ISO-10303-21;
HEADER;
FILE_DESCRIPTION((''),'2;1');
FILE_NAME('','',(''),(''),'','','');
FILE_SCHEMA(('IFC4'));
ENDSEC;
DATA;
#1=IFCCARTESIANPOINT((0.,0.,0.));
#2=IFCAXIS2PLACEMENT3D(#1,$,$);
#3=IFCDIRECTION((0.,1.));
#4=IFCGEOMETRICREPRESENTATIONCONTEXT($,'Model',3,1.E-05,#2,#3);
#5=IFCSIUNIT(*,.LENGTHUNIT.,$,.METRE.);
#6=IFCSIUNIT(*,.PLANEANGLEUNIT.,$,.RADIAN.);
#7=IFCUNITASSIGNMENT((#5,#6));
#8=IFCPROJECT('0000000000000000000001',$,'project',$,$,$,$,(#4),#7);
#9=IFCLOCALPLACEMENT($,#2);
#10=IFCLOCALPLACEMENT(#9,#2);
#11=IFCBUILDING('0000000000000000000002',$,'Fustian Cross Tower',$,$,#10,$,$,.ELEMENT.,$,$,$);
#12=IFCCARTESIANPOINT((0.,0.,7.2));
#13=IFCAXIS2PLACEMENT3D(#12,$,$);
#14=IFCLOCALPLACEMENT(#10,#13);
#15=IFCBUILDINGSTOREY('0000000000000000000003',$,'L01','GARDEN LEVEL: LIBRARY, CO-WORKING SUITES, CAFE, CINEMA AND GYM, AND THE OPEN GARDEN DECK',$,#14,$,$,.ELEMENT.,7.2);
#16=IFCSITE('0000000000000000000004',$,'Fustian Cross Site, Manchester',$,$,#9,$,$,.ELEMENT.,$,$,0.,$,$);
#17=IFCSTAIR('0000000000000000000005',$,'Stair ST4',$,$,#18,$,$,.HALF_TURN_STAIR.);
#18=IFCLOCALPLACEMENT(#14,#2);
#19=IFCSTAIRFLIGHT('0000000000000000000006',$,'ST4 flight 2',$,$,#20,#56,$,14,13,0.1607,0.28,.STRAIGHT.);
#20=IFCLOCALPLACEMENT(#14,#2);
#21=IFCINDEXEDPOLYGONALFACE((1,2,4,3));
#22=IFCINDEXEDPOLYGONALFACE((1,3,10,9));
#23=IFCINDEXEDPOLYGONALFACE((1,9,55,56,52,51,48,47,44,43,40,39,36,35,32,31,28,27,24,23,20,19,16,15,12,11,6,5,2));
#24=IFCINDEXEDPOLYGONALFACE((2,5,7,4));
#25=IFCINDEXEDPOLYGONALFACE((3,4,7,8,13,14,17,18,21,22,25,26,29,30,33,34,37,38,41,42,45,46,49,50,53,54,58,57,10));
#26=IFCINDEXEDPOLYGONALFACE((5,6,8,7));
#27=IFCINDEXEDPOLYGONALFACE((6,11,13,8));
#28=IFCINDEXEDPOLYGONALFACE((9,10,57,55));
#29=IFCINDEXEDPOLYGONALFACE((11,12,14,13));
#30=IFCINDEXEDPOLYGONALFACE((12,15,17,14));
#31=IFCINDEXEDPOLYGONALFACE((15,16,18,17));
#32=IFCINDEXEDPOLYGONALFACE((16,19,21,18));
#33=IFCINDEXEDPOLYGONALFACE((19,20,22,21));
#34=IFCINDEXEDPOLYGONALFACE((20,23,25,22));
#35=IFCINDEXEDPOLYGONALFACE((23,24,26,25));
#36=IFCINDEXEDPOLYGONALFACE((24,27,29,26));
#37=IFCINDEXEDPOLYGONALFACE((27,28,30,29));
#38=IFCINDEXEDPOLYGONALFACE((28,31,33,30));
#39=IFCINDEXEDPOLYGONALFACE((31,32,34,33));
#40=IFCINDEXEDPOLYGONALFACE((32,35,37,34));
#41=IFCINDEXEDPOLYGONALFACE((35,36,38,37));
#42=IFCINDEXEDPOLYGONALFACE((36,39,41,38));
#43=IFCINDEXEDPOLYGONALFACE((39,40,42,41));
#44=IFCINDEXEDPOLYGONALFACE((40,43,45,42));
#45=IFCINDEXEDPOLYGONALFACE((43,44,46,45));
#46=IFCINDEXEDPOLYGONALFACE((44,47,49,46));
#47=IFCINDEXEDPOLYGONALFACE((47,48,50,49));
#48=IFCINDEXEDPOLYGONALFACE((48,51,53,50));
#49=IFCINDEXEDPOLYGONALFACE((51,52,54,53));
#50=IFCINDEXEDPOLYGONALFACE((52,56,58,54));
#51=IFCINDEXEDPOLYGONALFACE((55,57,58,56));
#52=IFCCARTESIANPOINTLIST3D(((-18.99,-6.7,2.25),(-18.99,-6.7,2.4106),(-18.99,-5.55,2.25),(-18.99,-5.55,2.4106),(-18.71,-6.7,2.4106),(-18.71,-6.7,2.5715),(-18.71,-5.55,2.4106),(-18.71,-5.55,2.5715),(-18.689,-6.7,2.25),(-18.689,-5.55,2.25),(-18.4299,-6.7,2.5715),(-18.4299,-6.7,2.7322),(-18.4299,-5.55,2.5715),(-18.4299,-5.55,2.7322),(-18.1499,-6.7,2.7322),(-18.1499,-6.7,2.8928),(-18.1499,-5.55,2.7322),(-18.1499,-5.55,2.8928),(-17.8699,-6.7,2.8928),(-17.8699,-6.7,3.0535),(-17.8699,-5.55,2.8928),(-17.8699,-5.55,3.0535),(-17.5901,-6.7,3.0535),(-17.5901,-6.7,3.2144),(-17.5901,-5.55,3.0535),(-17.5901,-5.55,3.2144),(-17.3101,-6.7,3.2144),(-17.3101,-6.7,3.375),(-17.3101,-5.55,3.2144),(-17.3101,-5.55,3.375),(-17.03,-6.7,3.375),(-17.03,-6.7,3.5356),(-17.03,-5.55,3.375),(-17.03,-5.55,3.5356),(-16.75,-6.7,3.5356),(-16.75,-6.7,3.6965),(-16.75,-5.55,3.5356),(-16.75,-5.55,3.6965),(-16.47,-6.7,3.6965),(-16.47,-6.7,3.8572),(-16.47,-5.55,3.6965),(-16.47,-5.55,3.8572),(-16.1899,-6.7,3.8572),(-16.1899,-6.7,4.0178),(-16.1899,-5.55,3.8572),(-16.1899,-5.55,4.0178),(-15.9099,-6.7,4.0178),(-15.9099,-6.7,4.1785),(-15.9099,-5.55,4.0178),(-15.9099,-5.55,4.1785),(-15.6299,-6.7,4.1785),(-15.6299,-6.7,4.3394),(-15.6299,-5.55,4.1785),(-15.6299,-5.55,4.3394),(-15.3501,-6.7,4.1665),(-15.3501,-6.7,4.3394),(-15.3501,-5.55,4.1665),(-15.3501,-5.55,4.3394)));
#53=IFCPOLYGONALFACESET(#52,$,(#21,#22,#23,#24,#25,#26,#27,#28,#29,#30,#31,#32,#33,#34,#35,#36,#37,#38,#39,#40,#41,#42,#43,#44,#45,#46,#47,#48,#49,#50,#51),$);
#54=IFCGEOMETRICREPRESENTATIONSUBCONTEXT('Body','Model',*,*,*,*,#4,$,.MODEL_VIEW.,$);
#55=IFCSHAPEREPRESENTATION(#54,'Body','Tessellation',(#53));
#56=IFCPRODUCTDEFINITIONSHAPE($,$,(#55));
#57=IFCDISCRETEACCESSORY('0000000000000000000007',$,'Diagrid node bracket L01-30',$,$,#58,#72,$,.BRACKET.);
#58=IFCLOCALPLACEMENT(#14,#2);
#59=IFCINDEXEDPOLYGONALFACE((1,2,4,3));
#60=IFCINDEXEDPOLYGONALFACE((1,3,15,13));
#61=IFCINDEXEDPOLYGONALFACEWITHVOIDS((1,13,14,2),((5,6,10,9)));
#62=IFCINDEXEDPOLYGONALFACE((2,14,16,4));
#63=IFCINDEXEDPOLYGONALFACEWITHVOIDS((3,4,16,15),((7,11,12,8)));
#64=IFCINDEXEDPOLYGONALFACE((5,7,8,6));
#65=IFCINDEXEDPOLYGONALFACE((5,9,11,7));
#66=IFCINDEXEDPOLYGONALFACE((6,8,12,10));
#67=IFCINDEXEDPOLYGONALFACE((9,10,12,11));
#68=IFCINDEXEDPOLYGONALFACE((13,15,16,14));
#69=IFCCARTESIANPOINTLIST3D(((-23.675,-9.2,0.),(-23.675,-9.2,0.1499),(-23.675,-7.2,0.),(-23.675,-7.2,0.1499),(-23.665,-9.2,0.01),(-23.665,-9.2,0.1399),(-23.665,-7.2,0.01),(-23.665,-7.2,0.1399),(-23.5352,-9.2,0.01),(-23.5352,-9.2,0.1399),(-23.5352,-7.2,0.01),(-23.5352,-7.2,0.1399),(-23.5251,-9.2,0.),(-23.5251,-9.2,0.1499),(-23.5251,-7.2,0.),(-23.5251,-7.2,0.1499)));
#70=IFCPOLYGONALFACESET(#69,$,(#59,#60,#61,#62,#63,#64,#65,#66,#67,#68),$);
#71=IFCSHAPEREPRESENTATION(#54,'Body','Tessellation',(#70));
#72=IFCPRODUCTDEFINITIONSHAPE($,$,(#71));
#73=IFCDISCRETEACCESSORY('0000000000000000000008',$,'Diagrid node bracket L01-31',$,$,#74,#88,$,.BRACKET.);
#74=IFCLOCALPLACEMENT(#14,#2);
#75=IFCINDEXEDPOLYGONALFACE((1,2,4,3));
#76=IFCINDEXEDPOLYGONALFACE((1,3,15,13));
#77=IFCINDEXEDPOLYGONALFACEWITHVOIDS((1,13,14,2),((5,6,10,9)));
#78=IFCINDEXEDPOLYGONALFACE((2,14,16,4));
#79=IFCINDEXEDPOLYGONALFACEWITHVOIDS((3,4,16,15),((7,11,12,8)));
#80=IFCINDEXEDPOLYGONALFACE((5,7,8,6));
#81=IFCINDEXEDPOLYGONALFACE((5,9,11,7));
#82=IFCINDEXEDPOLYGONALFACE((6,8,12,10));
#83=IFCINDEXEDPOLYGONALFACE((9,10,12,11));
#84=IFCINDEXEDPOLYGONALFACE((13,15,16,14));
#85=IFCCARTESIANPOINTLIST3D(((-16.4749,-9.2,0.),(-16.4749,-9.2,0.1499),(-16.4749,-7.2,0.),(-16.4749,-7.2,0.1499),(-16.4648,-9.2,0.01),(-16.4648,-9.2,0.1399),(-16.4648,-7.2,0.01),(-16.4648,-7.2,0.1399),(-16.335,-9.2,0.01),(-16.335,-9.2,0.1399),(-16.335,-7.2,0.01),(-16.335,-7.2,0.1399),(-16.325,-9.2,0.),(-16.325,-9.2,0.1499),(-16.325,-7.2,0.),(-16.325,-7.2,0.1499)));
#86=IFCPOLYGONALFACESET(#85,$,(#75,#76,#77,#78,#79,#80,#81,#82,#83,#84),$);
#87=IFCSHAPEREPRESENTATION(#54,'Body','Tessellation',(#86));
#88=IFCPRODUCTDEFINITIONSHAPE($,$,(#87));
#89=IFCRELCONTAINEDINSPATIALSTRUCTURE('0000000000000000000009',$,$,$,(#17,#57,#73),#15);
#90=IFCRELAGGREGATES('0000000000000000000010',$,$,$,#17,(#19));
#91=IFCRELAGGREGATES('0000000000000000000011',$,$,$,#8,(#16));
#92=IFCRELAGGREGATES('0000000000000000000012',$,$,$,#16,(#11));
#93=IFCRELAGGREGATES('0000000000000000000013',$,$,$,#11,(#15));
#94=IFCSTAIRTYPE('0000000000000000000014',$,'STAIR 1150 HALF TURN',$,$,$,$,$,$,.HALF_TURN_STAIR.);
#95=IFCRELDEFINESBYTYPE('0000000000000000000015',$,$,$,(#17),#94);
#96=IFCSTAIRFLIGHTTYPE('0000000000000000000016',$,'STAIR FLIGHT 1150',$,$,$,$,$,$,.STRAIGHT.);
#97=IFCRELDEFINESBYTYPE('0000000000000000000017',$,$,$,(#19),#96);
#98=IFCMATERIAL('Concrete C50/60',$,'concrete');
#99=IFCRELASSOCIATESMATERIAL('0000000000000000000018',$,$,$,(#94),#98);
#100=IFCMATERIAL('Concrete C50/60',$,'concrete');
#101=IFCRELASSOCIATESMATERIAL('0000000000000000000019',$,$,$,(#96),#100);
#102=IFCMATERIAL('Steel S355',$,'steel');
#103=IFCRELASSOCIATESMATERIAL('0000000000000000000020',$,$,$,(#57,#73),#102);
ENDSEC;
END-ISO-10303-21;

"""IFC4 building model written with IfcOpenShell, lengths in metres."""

from ifc_helpers import new_model, si_unit, direction, frame, origin, origin_2d, place, context, subcontext, project, spatial, polyline, hollow_rectangle, outline, extrude, material, type_object, element, aggregate, save


model = new_model("IFC4")

# Units and contexts
model_context = context("Model", 3, precision=1e-05, world=origin(), true_north=direction((0.0, 1.0)))
body_context = subcontext(model_context, "Body", "Model", "MODEL_VIEW")
ifc_project = project(units=[si_unit("LENGTHUNIT", "METRE"), si_unit("PLANEANGLEUNIT", "RADIAN")], contexts=[model_context])

# Site, building, storey
site_placement = place(None, origin())
site = spatial("IfcSite", under=ifc_project, at=site_placement, Name="Fustian Cross Site, Manchester", CompositionType="ELEMENT", RefElevation=0.0)
building_placement = place(site_placement, origin())
building = spatial("IfcBuilding", under=site, at=building_placement, Name="Fustian Cross Tower", CompositionType="ELEMENT")
storey_placement = place(building_placement, frame((0.0, 0.0, 7.2)))
storey = spatial("IfcBuildingStorey", under=building, at=storey_placement, Name="L01", Description="GARDEN LEVEL: LIBRARY, CO-WORKING SUITES, CAFE, CINEMA AND GYM, AND THE OPEN GARDEN DECK", CompositionType="ELEMENT", Elevation=7.2)

# Stair, stair flight
ifc_material_1 = material(Name="Concrete C50/60", Category="concrete")
stair_type = type_object("IfcStairType", Name="STAIR 1150 HALF TURN", PredefinedType="HALF_TURN_STAIR", material=ifc_material_1)
stair_placement = place(storey_placement, origin())
stair = element("IfcStair", 1, at=stair_placement, inside=storey, type_object=stair_type, Name="Stair ST4", PredefinedType="HALF_TURN_STAIR")
ifc_material_2 = material(Name="Concrete C50/60", Category="concrete")
stair_flight_type = type_object("IfcStairFlightType", Name="STAIR FLIGHT 1150", PredefinedType="STRAIGHT", material=ifc_material_2)
stair_flight_1_placement = place(storey_placement, frame((-18.99, -6.125, 2.25), z_axis=(0.0, 0.0, 1.0), x_axis=(1.0, 0.0, 0.0)))
stair_flight_1 = element("IfcStairFlight", 2, at=stair_flight_1_placement, type_object=stair_flight_type, Name="ST4 flight 2", NumberOfRisers=14, NumberOfTreads=13, PredefinedType="STRAIGHT", RiserHeight=0.1607, TreadLength=0.28, context=body_context, shape_type="SweptSolid", body=[
    extrude(outline(polyline([(0.0, 0.0), (0.0, 0.1606), (0.28, 0.1606), (0.28, 0.3215), (0.5601, 0.3215), (0.5601, 0.4822), (0.8401, 0.4822), (0.8401, 0.6428), (1.1201, 0.6428), (1.1201, 0.8035), (1.3999, 0.8035), (1.3999, 0.9644), (1.6799, 0.9644), (1.6799, 1.125), (1.96, 1.125), (1.96, 1.2856), (2.24, 1.2856), (2.24, 1.4465), (2.52, 1.4465), (2.52, 1.6072), (2.8, 1.6072), (2.8, 1.7678), (3.0801, 1.7678), (3.0801, 1.9285), (3.3601, 1.9285), (3.3601, 2.0894), (3.6399, 2.0894), (3.6399, 2.25), (3.6399, 1.9165), (0.301, 0.0), (0.0, 0.0)])), frame((0.0, 0.575, 0.0), z_axis=(0.0, -1.0, 0.0), x_axis=(1.0, 0.0, 0.0)), (0.0, 0.0, 1.0), 1.1499),
])
aggregate(stair, [stair_flight_1])

# Discrete accessories
ifc_material_3 = material(Name="Steel S355", Category="steel")
for number, where, z_axis, x_axis, name in (
    (3, (-23.6001, -9.2, 0.075), (0.0, 1.0, 0.0), (-1.0, 0.0, 0.0), "Diagrid node bracket L01-30"),
    (4, (-16.3999, -9.2, 0.075), (0.0, 1.0, 0.0), (-1.0, 0.0, 0.0), "Diagrid node bracket L01-31"),
):
    element("IfcDiscreteAccessory", number, at=place(storey_placement, frame(where, z_axis=z_axis, x_axis=x_axis)), inside=storey, material=ifc_material_3, Name=name, PredefinedType="BRACKET", context=body_context, shape_type="SweptSolid", body=[
        extrude(hollow_rectangle(XDim=0.1499, YDim=0.1499, WallThickness=0.01, at=origin_2d()), origin(), (0.0, 0.0, 1.0), 2.0),
    ])

save(model, "model.ifc")
